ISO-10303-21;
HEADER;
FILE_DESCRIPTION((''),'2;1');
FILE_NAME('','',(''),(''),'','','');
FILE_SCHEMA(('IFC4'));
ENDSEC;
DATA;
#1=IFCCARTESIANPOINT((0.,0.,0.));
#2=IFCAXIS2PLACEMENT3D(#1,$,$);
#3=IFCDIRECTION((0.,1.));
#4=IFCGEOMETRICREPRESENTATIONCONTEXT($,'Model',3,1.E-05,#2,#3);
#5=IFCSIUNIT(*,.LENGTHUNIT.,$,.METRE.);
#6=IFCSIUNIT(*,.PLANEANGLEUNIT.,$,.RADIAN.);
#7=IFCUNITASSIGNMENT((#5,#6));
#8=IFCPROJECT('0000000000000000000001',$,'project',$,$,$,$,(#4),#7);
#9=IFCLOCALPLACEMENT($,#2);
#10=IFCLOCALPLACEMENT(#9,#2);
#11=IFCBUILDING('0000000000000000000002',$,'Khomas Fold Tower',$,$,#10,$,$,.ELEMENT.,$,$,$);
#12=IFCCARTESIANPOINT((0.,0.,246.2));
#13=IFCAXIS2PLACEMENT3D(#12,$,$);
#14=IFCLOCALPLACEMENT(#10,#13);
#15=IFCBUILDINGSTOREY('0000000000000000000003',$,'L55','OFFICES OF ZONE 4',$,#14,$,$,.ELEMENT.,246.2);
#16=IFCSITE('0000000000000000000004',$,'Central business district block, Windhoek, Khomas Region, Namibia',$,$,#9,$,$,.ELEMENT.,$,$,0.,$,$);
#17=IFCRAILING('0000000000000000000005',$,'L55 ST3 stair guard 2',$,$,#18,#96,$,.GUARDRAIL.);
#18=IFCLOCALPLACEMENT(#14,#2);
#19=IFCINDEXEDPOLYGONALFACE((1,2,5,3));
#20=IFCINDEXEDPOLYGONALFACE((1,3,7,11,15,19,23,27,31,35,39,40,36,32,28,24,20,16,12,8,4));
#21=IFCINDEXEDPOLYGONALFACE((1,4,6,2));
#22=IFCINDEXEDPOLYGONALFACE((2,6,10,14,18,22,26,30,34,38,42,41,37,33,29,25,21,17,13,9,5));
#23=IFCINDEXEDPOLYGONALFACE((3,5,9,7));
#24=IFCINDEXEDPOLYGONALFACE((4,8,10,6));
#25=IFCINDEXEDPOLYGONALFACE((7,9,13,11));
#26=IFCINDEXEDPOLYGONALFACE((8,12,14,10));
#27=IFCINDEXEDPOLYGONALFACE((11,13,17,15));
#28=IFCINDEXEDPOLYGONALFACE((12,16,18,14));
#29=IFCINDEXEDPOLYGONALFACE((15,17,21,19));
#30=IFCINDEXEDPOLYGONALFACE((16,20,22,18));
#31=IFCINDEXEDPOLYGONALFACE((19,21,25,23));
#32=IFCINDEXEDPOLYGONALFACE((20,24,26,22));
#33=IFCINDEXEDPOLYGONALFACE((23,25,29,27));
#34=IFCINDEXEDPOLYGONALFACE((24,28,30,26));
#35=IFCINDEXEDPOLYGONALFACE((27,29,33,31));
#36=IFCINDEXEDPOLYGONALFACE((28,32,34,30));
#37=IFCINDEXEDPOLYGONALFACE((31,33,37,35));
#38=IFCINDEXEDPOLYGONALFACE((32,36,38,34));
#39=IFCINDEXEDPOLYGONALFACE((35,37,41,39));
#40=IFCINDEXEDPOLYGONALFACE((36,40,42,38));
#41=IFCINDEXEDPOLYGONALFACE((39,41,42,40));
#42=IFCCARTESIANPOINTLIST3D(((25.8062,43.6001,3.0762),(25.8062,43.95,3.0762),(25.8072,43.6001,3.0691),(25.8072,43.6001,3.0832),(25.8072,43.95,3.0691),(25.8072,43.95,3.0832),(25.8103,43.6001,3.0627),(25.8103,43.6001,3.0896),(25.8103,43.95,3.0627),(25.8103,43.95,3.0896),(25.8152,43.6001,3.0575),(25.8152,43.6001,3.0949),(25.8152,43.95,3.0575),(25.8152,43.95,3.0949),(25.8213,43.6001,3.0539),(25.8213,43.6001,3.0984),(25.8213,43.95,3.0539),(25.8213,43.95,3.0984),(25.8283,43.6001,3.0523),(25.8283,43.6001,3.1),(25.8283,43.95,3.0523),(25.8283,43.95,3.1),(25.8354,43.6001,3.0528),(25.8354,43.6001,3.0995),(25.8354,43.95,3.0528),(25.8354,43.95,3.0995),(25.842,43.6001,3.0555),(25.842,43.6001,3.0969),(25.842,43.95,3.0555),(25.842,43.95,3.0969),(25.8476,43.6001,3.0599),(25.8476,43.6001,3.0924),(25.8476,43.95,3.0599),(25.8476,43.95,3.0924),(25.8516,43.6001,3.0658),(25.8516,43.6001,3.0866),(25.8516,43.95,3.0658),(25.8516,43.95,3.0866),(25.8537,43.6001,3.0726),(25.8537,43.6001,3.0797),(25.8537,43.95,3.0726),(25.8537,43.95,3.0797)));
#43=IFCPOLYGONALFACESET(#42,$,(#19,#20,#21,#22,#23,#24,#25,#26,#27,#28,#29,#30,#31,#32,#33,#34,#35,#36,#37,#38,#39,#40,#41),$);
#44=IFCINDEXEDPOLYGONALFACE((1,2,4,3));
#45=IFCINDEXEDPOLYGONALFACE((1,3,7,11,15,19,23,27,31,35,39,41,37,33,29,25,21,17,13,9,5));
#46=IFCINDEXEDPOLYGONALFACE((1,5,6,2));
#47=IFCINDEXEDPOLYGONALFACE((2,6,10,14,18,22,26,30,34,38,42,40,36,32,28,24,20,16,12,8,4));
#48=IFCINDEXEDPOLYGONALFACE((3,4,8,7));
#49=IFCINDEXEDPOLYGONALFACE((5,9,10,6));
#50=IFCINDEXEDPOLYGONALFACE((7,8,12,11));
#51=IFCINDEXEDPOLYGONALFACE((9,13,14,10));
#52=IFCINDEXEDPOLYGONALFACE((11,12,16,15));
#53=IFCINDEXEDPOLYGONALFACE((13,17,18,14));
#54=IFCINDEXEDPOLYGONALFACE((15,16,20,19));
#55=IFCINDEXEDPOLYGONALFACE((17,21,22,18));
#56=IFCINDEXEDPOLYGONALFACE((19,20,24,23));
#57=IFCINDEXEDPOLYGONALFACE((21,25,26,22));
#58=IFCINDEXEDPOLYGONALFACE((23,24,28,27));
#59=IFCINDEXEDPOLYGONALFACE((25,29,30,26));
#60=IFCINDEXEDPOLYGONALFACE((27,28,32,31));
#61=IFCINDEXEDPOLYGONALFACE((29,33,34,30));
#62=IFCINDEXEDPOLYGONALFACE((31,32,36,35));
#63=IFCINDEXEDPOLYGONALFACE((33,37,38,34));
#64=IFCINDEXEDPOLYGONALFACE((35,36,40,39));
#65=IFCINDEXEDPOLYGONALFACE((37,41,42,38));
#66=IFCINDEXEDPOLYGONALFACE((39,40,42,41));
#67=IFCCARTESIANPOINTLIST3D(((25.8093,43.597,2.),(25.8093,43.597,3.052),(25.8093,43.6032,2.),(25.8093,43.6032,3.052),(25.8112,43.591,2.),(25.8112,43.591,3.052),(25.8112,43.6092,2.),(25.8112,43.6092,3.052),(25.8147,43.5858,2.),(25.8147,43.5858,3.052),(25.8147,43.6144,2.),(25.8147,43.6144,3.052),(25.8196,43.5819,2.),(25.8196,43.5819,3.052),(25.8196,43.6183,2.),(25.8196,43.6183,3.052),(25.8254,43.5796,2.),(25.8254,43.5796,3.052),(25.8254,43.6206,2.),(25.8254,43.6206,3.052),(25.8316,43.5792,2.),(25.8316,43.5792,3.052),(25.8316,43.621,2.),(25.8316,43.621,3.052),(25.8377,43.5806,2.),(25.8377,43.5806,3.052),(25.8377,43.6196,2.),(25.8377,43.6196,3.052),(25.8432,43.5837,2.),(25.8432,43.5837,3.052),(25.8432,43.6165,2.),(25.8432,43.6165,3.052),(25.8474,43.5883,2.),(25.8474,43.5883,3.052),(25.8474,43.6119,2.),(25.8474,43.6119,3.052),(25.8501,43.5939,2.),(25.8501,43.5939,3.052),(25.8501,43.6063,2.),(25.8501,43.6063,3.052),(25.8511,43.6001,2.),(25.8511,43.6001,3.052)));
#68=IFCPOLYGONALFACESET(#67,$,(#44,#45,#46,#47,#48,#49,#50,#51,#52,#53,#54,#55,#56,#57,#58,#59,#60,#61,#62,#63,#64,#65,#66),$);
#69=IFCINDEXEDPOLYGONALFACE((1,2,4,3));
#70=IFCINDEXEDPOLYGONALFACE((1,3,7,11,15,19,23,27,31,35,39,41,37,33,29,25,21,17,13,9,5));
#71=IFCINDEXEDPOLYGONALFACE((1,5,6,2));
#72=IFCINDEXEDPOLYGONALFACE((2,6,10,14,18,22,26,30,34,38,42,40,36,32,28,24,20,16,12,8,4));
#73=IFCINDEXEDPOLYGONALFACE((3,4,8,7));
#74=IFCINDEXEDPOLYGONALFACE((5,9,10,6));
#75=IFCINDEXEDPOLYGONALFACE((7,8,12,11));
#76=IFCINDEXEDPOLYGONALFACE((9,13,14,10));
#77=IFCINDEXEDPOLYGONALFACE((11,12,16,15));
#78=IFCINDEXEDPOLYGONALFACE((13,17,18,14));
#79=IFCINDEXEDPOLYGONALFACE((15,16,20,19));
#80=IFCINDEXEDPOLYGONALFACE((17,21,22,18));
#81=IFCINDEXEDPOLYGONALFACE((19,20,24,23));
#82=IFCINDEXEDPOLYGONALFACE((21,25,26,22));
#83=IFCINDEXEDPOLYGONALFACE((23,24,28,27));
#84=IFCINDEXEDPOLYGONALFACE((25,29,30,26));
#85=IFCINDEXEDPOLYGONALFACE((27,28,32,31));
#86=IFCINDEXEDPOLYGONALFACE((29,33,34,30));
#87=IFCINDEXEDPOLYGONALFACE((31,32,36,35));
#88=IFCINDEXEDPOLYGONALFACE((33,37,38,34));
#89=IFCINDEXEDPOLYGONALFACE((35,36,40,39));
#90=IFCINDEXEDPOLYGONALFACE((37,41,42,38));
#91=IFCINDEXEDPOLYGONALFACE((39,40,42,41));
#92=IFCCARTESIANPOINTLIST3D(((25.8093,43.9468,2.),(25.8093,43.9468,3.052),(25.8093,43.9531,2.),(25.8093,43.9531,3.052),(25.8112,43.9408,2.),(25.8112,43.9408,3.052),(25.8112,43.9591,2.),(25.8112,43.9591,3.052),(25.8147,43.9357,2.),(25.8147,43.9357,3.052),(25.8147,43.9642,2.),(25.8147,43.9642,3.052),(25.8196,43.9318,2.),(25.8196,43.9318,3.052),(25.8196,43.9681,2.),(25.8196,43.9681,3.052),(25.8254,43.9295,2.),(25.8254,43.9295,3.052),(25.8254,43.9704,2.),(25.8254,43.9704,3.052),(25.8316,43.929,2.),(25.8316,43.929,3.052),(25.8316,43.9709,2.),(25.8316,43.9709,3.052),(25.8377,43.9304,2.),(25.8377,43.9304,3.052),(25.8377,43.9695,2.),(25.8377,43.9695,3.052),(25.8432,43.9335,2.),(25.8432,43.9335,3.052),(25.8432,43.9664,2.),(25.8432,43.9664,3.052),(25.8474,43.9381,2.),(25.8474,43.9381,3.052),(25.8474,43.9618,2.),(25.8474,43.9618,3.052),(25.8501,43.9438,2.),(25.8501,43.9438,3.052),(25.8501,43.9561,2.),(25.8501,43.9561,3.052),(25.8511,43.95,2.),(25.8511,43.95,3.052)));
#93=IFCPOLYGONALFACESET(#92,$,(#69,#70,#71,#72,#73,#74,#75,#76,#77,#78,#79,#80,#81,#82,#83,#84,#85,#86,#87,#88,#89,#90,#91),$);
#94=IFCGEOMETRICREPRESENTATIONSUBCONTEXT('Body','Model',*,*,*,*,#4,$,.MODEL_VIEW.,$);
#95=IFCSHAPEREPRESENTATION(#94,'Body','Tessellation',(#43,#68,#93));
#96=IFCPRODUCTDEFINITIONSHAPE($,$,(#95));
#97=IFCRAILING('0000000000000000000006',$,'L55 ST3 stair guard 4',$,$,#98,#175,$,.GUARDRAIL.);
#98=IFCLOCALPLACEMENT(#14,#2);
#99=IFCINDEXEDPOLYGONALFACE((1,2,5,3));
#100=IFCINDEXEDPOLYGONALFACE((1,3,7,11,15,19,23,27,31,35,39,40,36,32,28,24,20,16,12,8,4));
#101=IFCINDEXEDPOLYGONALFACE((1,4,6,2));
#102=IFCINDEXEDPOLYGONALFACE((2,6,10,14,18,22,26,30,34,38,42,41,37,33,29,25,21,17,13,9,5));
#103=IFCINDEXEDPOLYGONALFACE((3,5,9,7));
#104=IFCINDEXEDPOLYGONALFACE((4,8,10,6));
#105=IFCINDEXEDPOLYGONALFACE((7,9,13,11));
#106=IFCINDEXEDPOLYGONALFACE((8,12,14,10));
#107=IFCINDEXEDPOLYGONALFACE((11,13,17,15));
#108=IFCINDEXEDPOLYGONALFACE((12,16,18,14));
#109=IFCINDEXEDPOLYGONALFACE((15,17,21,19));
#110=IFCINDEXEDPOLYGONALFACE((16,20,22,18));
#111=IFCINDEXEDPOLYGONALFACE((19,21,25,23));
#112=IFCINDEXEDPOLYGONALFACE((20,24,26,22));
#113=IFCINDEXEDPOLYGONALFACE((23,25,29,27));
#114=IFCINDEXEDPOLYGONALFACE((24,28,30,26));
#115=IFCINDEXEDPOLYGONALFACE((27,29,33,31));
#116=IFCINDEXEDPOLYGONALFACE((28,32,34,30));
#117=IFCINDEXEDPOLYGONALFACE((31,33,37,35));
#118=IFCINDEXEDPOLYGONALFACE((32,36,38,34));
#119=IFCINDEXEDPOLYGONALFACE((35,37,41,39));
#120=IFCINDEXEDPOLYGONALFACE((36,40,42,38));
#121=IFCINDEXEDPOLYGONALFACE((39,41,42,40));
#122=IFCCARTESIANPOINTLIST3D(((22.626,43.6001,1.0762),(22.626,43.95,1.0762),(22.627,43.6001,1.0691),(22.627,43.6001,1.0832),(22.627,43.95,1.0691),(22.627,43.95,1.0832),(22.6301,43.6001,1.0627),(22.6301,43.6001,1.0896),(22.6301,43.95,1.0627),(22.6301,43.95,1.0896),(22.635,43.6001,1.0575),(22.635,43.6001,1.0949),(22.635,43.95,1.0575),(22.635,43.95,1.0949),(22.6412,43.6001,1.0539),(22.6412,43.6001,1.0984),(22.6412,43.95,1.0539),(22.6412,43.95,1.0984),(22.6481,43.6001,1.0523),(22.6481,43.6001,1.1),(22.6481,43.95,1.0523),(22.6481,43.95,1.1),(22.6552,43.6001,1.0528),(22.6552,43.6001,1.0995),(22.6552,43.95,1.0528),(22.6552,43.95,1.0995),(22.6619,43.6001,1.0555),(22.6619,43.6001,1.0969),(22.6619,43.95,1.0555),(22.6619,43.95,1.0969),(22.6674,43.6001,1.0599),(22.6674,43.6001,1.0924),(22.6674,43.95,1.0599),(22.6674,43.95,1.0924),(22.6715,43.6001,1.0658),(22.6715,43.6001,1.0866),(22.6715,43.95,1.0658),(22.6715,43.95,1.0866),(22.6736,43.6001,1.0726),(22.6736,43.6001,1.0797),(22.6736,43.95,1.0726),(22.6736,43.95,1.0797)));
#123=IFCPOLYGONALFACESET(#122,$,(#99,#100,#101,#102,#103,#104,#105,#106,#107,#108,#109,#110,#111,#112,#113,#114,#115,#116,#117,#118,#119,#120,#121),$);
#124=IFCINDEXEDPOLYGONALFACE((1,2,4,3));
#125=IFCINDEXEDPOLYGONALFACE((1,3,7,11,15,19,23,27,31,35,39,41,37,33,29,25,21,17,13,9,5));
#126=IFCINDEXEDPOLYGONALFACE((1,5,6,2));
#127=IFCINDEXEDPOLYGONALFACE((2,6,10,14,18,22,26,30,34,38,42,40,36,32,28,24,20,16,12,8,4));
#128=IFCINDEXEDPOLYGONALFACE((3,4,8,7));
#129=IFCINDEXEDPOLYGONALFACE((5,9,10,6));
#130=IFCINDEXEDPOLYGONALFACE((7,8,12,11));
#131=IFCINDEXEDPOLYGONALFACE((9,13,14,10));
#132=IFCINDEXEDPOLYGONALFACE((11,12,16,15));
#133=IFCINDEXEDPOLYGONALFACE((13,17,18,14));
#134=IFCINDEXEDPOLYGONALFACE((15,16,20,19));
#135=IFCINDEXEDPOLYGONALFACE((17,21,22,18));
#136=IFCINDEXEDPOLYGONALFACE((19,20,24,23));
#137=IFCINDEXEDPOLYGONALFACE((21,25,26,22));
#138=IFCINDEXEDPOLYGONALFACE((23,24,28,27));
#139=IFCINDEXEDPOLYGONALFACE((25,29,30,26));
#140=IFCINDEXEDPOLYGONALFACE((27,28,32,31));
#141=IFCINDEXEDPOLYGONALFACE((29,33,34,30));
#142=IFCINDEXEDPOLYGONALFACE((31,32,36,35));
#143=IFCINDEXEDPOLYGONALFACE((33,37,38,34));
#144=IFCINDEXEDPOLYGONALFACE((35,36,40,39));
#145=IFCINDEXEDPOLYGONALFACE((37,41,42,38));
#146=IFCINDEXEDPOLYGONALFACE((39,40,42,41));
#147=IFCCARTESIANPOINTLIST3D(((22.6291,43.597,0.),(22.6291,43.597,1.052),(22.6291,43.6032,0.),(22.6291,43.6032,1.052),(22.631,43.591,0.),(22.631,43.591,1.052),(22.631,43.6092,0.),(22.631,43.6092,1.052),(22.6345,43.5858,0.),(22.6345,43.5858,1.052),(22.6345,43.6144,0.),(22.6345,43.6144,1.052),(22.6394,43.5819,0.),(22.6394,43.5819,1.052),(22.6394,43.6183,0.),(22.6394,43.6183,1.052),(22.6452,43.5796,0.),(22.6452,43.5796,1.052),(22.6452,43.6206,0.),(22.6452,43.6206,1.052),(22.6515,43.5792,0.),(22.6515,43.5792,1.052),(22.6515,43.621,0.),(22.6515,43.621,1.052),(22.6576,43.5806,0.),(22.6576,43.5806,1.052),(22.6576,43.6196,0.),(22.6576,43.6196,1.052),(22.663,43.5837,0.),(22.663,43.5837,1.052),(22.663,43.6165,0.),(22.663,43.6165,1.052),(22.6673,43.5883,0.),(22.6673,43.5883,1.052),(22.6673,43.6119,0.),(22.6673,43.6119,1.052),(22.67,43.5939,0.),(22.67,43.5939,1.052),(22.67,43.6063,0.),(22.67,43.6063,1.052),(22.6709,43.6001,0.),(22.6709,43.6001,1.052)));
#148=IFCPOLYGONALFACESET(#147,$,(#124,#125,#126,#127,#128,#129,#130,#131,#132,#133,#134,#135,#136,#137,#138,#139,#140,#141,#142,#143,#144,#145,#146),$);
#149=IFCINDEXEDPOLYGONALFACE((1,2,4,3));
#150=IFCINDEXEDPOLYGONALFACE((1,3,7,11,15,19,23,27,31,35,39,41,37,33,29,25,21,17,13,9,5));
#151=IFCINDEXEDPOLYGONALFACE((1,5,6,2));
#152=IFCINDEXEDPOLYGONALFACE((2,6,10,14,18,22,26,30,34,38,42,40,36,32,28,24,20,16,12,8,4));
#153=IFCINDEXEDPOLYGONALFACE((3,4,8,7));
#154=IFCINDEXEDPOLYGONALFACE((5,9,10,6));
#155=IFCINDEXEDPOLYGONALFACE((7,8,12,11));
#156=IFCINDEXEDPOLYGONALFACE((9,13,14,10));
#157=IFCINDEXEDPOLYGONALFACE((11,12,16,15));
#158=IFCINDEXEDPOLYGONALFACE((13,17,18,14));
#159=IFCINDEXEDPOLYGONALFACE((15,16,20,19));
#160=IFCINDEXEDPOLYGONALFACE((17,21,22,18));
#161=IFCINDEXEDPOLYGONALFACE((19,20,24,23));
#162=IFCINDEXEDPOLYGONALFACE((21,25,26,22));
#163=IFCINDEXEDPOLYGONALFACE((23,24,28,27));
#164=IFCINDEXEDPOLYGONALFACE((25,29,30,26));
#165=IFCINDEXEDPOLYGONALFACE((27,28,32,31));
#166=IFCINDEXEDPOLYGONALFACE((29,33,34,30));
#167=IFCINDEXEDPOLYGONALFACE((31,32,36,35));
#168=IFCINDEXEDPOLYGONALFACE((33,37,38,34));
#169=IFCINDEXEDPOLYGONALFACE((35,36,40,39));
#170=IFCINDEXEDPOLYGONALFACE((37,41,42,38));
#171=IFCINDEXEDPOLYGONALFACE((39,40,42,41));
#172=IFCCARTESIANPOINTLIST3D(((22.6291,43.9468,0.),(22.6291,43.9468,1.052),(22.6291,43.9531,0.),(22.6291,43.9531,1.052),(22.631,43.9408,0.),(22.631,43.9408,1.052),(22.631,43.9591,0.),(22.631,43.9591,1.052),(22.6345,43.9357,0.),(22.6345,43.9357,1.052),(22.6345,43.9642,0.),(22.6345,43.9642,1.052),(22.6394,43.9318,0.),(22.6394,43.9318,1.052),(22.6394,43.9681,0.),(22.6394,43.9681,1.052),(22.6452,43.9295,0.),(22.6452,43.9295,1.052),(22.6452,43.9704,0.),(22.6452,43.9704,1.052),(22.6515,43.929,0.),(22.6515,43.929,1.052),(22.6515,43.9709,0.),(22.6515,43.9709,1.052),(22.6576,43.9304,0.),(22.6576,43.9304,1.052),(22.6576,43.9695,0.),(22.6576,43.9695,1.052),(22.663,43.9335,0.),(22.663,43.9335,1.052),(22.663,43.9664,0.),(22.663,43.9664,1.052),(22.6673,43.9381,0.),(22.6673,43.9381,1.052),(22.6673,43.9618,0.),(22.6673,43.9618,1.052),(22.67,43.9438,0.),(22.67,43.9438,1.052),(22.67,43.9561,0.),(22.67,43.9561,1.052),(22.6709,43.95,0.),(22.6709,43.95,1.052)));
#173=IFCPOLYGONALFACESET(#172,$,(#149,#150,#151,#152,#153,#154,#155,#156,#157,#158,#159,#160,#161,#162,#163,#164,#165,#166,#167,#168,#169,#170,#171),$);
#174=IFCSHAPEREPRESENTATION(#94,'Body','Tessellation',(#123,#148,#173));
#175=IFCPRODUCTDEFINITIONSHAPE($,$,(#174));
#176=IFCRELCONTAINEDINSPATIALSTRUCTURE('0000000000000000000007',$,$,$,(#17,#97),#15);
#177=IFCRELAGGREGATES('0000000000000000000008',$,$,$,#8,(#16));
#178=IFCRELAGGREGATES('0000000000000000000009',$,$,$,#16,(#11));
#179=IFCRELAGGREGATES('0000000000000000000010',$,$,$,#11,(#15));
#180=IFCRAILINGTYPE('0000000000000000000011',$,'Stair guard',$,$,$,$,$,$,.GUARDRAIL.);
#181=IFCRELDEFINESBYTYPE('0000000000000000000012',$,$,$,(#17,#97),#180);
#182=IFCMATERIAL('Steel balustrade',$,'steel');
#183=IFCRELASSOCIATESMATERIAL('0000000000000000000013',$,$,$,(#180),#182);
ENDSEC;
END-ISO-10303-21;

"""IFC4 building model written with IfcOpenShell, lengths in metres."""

from ifc_helpers import new_model, si_unit, direction, frame, origin, origin_2d, place, context, subcontext, project, spatial, circle, extrude, source, transform, mapped, material, type_object, element, save


model = new_model("IFC4")

# Units and contexts
model_context = context("Model", 3, precision=1e-05, world=origin(), true_north=direction((0.0, 1.0)))
body_context = subcontext(model_context, "Body", "Model", "MODEL_VIEW")
ifc_project = project(units=[si_unit("LENGTHUNIT", "METRE"), si_unit("PLANEANGLEUNIT", "RADIAN")], contexts=[model_context])

# Site, building, storey
site_placement = place(None, origin())
site = spatial("IfcSite", under=ifc_project, at=site_placement, Name="Central business district block, Windhoek, Khomas Region, Namibia", CompositionType="ELEMENT", RefElevation=0.0)
building_placement = place(site_placement, origin())
building = spatial("IfcBuilding", under=site, at=building_placement, Name="Khomas Fold Tower", CompositionType="ELEMENT")
storey_placement = place(building_placement, frame((0.0, 0.0, 246.2)))
storey = spatial("IfcBuildingStorey", under=building, at=storey_placement, Name="L55", Description="OFFICES OF ZONE 4", CompositionType="ELEMENT", Elevation=246.2)

# Railings
ifc_material_1 = material(Name="Steel balustrade", Category="steel")
railing_type_1 = type_object("IfcRailingType", Name="Stair guard", PredefinedType="GUARDRAIL", material=ifc_material_1)
shared_shape_1 = source(origin(), body_context, "Body", "SweptSolid", [
    extrude(circle(Radius=0.0239, at=origin_2d()), frame((0.0, 0.0, 1.0762), z_axis=(0.0, 1.0, 0.0), x_axis=(-1.0, 0.0, 0.0)), (0.0, 0.0, 1.0), 0.3499),
    extrude(circle(Radius=0.021, at=origin_2d()), origin(), (0.0, 0.0, 1.0), 1.052),
    extrude(circle(Radius=0.021, at=origin_2d()), frame((0.0, 0.3499, 0.0)), (0.0, 0.0, 1.0), 1.052),
])
for number, where, name in (
    (1, (25.8301, 43.6001, 2.0), "L55 ST3 stair guard 2"),
    (2, (22.6499, 43.6001, 0.0), "L55 ST3 stair guard 4"),
):
    element("IfcRailing", number, at=place(storey_placement, frame(where)), inside=storey, type_object=railing_type_1, Name=name, PredefinedType="GUARDRAIL", context=body_context, shape_type="MappedRepresentation", body=[
        mapped(shared_shape_1, transform((0.0, 0.0, 0.0))),
    ])

save(model, "model.ifc")
